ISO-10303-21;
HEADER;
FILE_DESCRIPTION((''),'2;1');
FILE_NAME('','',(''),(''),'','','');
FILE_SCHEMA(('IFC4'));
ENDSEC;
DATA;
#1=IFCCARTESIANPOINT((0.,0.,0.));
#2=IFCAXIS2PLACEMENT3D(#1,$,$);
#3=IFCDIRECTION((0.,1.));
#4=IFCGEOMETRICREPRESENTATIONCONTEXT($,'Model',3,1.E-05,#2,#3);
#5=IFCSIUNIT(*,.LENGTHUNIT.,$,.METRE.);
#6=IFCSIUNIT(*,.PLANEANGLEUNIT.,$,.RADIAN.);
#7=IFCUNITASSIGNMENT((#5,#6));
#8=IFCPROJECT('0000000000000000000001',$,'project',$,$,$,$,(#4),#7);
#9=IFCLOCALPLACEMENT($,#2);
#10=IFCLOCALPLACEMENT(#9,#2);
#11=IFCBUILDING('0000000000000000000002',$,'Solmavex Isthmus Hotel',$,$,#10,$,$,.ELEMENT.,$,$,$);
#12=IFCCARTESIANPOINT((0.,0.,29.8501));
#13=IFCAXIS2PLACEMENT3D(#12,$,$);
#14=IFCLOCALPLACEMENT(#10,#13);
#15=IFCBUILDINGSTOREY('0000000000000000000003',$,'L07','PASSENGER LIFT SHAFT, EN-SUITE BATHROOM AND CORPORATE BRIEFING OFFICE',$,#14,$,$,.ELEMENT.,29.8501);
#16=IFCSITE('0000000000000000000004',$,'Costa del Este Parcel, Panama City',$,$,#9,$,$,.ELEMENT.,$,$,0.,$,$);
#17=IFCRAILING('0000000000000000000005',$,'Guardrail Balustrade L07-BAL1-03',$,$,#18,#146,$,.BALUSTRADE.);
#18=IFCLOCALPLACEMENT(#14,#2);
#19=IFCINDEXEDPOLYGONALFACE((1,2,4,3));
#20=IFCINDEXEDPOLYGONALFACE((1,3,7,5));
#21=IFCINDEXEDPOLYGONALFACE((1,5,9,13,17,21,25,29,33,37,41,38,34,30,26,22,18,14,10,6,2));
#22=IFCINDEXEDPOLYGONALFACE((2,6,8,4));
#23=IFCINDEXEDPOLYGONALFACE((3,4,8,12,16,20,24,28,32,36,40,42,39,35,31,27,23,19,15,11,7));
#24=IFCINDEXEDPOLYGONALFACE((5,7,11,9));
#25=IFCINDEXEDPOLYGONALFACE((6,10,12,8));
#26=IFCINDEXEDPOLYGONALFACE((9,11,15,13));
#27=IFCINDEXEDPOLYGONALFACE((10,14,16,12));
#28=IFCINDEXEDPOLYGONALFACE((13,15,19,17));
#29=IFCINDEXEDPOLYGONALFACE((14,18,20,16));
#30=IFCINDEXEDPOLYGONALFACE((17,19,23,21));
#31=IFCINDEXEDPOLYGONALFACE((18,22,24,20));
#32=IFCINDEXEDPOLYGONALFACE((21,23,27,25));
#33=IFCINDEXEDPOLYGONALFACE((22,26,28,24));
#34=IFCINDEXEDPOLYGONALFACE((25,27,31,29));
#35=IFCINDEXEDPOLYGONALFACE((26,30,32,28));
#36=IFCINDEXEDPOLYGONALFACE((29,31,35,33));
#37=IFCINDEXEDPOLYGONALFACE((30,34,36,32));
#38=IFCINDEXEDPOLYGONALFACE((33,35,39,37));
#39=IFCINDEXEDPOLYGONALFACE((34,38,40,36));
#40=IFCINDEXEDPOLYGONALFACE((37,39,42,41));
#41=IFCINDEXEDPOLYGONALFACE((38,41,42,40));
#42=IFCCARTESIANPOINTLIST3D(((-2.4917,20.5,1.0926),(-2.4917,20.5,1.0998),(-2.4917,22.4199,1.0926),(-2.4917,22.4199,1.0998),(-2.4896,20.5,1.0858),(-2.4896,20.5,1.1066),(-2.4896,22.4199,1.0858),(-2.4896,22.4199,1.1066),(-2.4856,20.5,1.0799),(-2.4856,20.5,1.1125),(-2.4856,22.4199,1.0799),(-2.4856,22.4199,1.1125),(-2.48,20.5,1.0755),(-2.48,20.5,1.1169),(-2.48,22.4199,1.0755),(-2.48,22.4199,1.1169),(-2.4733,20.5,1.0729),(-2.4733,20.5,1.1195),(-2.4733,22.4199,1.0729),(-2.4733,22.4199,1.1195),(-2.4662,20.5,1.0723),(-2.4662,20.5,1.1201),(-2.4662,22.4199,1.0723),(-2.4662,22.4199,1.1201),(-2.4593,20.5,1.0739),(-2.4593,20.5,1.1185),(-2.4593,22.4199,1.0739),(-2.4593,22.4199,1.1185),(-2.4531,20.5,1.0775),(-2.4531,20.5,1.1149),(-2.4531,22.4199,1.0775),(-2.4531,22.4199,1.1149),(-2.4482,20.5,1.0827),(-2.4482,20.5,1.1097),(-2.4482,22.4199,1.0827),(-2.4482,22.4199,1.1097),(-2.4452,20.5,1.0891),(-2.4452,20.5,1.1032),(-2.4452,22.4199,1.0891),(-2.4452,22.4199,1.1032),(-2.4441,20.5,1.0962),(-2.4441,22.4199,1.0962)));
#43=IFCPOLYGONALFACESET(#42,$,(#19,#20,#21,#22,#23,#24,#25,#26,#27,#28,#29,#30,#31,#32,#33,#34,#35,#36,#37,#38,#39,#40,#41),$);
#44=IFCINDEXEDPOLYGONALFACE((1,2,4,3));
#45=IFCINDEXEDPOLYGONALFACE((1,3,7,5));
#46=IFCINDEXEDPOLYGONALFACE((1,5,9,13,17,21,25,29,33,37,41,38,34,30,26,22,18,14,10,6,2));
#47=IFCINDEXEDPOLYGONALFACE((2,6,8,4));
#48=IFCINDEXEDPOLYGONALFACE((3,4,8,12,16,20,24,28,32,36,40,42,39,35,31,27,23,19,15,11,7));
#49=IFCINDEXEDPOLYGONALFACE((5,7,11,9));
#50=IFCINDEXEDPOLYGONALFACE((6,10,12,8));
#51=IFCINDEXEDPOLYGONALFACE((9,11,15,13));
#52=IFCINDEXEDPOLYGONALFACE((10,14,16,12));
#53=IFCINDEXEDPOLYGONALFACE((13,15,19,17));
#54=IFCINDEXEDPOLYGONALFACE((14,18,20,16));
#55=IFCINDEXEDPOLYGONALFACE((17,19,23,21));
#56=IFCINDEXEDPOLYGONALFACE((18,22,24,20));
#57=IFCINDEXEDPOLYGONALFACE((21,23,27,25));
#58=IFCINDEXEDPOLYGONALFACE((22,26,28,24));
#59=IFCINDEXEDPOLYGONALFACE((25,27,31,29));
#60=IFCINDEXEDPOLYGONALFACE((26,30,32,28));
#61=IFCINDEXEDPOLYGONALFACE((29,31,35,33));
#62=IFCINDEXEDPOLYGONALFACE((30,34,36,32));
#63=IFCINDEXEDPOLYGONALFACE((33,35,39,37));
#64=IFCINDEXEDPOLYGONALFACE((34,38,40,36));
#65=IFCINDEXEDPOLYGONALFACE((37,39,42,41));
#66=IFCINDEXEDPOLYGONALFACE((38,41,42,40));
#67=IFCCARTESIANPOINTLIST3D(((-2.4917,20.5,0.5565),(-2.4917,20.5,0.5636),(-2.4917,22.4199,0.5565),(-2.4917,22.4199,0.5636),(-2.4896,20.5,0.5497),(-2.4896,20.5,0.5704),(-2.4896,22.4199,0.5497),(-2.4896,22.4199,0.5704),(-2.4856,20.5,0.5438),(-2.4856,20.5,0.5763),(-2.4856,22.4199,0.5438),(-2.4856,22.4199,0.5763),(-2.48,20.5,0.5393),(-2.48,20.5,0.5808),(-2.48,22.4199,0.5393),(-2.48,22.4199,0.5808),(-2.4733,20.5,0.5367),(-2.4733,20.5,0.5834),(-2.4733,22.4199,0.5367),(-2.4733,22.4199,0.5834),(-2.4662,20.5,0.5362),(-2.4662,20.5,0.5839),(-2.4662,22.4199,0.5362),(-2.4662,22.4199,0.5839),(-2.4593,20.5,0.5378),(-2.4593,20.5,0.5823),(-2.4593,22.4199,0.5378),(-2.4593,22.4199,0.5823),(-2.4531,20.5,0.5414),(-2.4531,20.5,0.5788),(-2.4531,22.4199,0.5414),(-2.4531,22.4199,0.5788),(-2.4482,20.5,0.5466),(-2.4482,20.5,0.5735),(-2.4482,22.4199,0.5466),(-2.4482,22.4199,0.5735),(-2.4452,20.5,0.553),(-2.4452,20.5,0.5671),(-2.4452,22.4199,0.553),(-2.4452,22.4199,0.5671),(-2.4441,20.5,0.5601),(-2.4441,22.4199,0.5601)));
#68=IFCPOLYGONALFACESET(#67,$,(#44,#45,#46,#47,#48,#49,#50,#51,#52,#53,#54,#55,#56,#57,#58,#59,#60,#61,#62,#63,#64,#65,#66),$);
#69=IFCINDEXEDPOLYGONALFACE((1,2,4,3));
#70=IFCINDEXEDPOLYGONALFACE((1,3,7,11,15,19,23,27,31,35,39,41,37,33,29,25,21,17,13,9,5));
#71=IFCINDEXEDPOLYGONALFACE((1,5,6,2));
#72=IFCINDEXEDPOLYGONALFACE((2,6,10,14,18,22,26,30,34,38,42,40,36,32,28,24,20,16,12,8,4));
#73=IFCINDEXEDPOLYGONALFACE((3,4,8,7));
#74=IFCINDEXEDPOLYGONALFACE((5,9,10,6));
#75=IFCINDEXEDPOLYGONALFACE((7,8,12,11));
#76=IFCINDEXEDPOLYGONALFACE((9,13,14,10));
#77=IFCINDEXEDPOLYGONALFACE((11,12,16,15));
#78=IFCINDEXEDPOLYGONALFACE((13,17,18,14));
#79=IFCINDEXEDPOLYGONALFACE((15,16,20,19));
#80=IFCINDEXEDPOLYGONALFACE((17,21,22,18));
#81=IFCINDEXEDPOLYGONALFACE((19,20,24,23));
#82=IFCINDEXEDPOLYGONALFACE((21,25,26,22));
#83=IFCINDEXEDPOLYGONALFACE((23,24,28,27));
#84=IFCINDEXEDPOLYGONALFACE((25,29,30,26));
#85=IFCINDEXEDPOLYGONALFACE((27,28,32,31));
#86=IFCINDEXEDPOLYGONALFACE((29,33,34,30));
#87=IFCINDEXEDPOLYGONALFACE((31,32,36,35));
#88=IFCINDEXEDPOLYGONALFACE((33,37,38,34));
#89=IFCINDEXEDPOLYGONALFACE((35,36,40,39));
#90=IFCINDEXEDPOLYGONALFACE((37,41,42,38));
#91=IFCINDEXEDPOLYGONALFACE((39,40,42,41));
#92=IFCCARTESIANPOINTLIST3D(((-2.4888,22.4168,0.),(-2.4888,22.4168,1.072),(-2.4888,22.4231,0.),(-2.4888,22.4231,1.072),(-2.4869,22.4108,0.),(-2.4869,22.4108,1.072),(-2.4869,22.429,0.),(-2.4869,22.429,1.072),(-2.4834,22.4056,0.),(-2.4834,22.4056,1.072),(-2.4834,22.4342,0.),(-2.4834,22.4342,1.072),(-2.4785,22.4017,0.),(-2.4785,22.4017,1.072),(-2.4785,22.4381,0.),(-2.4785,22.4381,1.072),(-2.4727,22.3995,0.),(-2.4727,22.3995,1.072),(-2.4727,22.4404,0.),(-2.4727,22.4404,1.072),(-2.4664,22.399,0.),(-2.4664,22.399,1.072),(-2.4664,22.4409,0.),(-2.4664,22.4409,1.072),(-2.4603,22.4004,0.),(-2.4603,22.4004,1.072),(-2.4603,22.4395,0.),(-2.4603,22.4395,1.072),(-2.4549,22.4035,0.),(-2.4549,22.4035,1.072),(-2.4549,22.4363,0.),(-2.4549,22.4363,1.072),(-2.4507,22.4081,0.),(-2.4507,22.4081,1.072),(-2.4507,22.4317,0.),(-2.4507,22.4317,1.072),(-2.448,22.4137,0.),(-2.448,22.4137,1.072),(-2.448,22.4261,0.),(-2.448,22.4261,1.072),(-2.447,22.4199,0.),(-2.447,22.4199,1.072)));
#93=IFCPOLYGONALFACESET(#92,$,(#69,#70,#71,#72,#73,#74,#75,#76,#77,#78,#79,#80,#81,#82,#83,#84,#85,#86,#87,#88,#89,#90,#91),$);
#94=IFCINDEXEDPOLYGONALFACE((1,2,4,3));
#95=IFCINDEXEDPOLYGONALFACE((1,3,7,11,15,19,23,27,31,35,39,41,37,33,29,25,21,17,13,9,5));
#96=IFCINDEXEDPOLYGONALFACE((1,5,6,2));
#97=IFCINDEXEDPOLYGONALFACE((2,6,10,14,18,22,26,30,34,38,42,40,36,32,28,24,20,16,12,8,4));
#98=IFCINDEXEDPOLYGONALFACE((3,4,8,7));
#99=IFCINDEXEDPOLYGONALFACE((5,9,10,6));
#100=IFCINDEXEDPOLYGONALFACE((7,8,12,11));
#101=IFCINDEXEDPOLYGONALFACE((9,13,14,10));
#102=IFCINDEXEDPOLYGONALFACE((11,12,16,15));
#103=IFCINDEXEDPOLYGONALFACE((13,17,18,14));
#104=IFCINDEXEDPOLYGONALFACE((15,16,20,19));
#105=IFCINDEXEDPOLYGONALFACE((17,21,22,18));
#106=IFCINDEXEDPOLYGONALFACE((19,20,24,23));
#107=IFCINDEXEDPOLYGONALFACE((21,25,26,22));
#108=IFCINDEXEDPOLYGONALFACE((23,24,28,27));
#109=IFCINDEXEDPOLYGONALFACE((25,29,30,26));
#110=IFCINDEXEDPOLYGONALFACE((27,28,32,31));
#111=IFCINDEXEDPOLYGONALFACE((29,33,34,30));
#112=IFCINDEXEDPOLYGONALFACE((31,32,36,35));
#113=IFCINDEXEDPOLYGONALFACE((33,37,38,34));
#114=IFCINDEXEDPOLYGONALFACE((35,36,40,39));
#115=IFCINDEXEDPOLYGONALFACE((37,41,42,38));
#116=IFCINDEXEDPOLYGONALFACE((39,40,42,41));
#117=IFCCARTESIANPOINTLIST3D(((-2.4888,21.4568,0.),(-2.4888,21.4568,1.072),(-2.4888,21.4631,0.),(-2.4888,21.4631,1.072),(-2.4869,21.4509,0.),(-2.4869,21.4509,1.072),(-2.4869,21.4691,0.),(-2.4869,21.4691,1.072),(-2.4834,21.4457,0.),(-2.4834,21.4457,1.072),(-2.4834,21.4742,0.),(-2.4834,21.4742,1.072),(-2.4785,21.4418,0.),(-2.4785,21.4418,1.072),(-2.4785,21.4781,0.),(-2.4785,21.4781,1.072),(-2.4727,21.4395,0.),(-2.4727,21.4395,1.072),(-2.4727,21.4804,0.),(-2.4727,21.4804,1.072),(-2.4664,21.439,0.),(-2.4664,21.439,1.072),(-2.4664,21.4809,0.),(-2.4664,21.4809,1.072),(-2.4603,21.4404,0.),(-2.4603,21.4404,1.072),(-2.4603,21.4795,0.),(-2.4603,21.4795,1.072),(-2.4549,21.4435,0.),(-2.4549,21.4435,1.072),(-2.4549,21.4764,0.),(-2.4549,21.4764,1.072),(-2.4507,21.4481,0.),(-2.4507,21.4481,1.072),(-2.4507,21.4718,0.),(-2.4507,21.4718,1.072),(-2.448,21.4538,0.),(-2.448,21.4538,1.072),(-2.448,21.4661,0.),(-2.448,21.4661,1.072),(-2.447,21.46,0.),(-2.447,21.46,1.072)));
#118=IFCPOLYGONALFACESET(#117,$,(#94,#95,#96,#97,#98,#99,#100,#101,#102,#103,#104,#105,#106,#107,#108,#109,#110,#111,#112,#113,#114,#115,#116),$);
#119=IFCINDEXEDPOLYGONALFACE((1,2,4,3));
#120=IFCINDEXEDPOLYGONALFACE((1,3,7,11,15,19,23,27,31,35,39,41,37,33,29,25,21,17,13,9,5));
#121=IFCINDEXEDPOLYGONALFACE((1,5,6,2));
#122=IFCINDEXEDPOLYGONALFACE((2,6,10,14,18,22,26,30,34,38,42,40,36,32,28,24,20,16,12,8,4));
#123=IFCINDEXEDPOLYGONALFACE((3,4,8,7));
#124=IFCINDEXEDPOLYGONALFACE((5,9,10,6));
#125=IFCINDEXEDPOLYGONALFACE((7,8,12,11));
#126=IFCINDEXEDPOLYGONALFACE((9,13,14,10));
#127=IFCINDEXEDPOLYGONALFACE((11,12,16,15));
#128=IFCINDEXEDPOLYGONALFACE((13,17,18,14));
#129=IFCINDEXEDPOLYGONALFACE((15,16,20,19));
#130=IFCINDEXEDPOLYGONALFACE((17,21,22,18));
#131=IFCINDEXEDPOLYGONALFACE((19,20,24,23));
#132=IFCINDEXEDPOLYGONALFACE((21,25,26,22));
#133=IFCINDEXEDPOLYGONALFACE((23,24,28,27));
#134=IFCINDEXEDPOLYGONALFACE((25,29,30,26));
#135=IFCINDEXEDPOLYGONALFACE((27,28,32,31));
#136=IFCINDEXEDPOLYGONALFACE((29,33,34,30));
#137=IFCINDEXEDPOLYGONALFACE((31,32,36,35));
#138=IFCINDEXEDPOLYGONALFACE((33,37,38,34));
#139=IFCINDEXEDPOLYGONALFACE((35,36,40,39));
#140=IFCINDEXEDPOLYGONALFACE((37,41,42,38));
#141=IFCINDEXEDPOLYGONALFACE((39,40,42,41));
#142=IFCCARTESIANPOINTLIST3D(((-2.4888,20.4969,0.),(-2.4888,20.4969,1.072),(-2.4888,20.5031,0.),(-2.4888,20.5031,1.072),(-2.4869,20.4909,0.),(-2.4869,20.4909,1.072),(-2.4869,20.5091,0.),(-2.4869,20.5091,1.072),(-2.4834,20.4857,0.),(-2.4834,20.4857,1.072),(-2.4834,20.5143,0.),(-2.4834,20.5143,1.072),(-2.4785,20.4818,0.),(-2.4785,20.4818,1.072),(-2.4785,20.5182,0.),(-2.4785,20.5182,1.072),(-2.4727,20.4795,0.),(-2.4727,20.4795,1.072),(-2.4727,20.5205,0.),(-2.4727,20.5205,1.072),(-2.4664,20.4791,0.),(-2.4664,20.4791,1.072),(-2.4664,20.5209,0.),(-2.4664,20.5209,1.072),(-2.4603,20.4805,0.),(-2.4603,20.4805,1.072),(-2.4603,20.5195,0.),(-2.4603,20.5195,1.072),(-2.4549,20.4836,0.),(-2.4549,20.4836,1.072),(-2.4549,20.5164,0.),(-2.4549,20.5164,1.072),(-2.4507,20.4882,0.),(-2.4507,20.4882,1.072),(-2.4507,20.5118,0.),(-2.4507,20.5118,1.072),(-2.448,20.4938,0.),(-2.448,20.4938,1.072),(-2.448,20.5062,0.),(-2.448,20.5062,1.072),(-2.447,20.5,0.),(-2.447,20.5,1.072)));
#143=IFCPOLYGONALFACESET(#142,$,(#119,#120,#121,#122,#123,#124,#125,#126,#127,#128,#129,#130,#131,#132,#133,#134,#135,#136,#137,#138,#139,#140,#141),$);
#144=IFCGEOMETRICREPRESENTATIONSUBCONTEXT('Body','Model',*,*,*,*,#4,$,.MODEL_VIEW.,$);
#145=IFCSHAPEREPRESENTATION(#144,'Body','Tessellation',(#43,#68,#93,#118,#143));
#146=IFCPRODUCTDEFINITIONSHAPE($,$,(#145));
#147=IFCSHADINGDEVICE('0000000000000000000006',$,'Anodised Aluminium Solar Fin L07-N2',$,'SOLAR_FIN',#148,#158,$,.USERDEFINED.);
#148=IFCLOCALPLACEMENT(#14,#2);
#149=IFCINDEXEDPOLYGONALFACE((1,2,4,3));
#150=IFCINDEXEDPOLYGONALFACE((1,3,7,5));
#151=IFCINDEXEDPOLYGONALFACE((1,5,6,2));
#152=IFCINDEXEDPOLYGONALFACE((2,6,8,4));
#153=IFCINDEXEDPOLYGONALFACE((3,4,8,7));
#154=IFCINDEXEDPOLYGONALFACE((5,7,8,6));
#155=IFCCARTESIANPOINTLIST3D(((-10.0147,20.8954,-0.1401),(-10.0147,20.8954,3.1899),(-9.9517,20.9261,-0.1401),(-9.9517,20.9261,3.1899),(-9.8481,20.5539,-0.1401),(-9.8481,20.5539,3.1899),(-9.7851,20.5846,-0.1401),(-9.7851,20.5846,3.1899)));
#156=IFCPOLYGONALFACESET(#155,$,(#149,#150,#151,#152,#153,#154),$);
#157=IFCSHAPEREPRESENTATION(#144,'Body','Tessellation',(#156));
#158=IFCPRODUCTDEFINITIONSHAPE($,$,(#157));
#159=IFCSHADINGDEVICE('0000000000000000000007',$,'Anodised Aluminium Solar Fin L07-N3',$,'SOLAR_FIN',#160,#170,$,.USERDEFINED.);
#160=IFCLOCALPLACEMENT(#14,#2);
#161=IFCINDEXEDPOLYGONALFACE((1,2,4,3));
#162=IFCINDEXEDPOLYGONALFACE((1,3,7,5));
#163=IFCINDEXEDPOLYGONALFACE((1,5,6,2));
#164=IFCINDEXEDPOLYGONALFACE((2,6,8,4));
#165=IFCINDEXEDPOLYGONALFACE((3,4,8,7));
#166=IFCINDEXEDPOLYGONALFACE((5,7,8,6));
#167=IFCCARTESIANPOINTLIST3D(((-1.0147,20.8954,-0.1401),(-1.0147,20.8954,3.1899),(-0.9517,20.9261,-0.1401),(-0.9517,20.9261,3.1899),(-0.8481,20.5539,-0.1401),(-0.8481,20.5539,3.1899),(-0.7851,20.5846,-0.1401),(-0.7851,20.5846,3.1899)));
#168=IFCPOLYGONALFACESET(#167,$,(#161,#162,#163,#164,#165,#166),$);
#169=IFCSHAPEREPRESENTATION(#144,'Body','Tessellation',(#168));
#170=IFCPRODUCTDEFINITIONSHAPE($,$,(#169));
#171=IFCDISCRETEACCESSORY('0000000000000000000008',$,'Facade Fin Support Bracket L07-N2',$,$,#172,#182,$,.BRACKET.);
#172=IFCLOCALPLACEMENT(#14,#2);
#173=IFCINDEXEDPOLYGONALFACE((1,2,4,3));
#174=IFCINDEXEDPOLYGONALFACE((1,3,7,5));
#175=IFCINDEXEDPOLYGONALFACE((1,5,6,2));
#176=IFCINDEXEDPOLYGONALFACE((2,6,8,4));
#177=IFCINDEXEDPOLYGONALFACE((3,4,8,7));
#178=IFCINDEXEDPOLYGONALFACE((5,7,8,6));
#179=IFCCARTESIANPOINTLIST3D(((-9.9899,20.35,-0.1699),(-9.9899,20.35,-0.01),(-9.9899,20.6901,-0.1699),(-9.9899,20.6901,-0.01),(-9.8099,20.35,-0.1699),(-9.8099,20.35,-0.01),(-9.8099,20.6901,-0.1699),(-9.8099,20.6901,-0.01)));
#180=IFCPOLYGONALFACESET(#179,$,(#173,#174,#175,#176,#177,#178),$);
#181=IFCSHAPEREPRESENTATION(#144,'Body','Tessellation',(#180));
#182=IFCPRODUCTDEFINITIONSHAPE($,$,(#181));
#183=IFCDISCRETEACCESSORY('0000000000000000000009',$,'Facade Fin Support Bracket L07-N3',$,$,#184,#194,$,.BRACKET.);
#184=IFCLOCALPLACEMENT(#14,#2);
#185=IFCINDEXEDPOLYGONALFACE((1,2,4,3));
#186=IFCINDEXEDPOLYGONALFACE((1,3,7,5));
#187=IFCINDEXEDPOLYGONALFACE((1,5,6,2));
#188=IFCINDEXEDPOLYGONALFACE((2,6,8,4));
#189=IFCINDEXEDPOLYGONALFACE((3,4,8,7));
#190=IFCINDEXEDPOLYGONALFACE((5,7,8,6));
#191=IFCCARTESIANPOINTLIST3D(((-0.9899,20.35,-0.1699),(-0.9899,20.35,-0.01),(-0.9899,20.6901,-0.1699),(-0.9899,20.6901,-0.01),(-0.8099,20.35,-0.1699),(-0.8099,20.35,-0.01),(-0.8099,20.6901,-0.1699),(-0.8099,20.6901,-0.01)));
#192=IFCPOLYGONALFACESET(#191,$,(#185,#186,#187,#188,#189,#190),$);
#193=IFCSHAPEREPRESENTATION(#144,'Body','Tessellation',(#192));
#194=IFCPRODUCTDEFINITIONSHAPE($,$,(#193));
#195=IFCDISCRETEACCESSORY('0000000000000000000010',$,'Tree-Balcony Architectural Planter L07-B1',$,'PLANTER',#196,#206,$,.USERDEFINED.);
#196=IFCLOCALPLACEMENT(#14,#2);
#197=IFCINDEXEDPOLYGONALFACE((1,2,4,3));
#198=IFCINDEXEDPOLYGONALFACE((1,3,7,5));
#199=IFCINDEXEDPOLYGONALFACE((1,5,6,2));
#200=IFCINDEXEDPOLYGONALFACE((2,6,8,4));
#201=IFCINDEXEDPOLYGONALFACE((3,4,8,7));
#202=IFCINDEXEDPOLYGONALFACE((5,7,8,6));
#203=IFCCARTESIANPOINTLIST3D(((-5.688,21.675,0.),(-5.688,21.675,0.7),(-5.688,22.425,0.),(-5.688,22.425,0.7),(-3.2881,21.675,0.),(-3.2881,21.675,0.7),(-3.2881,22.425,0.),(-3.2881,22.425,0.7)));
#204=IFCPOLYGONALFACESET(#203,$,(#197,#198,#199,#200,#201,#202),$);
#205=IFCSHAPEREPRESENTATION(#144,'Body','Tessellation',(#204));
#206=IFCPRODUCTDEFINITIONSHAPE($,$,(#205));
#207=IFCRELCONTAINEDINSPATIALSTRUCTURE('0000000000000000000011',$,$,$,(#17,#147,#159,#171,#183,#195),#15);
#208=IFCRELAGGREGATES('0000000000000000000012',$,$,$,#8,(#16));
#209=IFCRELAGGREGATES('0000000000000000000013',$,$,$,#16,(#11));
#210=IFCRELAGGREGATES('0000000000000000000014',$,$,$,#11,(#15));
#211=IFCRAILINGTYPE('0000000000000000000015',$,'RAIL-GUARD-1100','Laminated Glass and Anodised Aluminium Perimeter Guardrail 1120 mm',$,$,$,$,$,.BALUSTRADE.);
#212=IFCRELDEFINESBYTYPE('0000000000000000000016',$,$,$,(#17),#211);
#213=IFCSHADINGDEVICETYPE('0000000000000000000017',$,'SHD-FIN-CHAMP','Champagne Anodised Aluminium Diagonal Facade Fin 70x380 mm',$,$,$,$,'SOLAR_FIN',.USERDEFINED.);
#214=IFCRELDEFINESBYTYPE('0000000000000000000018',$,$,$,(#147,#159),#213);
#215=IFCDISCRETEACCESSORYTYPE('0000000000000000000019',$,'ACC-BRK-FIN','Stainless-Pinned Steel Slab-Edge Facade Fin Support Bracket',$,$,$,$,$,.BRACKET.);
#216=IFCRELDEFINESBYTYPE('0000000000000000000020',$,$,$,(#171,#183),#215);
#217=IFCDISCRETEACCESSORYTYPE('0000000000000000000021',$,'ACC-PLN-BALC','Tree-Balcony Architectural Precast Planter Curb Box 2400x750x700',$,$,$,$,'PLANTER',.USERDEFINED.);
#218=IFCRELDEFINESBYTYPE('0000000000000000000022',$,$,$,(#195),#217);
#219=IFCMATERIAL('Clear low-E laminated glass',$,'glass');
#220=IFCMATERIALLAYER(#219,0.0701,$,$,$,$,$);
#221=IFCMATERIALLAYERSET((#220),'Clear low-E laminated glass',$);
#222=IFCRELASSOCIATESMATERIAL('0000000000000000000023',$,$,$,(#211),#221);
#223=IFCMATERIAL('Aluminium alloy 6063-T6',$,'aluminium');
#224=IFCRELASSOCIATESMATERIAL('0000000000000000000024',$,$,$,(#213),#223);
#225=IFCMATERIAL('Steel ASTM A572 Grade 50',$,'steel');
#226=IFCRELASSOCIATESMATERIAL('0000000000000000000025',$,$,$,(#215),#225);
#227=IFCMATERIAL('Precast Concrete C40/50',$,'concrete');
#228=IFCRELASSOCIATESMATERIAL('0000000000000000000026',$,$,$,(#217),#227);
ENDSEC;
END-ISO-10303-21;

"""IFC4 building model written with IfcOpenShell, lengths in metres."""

from ifc_helpers import new_model, si_unit, direction, frame, origin, origin_2d, place, context, subcontext, project, spatial, rectangle, circle, extrude, material, layer, layer_set, type_object, element, save


model = new_model("IFC4")

# Units and contexts
model_context = context("Model", 3, precision=1e-05, world=origin(), true_north=direction((0.0, 1.0)))
body_context = subcontext(model_context, "Body", "Model", "MODEL_VIEW")
ifc_project = project(units=[si_unit("LENGTHUNIT", "METRE"), si_unit("PLANEANGLEUNIT", "RADIAN")], contexts=[model_context])

# Site, building, storey
site_placement = place(None, origin())
site = spatial("IfcSite", under=ifc_project, at=site_placement, Name="Costa del Este Parcel, Panama City", CompositionType="ELEMENT", RefElevation=0.0)
building_placement = place(site_placement, origin())
building = spatial("IfcBuilding", under=site, at=building_placement, Name="Solmavex Isthmus Hotel", CompositionType="ELEMENT")
storey_placement = place(building_placement, frame((0.0, 0.0, 29.8501)))
storey = spatial("IfcBuildingStorey", under=building, at=storey_placement, Name="L07", Description="PASSENGER LIFT SHAFT, EN-SUITE BATHROOM AND CORPORATE BRIEFING OFFICE", CompositionType="ELEMENT", Elevation=29.8501)

# Shared definitions
ifc_material_1 = material(Name="Aluminium alloy 6063-T6", Category="aluminium")

# Shared definitions
ifc_material_2 = material(Name="Clear low-E laminated glass", Category="glass")

# Shared definitions
ifc_material_3 = material(Name="Precast Concrete C40/50", Category="concrete")

# Railing
ifc_layer_1 = layer(ifc_material_2, 0.0701)
ifc_layer_set_1 = layer_set([ifc_layer_1], Name="Clear low-E laminated glass")
railing_type = type_object("IfcRailingType", Name="RAIL-GUARD-1100", Description="Laminated Glass and Anodised Aluminium Perimeter Guardrail 1120 mm", PredefinedType="BALUSTRADE", material=ifc_layer_set_1)
railing_1_placement = place(storey_placement, frame((-2.468, 22.4199, 0.0)))
element("IfcRailing", 1, at=railing_1_placement, inside=storey, type_object=railing_type, Name="Guardrail Balustrade L07-BAL1-03", PredefinedType="BALUSTRADE", context=body_context, shape_type="SweptSolid", body=[
    extrude(circle(Radius=0.0239, at=origin_2d()), frame((0.0, 0.0, 1.0962), z_axis=(0.0, -1.0, 0.0), x_axis=(1.0, 0.0, 0.0)), (0.0, 0.0, 1.0), 1.9199),
    extrude(circle(Radius=0.0239, at=origin_2d()), frame((0.0, 0.0, 0.5601), z_axis=(0.0, -1.0, 0.0), x_axis=(1.0, 0.0, 0.0)), (0.0, 0.0, 1.0), 1.9199),
    extrude(circle(Radius=0.021, at=origin_2d()), origin(), (0.0, 0.0, 1.0), 1.072),
    extrude(circle(Radius=0.021, at=origin_2d()), frame((0.0, -0.96, 0.0)), (0.0, 0.0, 1.0), 1.072),
    extrude(circle(Radius=0.021, at=origin_2d()), frame((0.0, -1.9199, 0.0)), (0.0, 0.0, 1.0), 1.072),
])

# Shading devices
shading_device_type = type_object("IfcShadingDeviceType", Name="SHD-FIN-CHAMP", Description="Champagne Anodised Aluminium Diagonal Facade Fin 70x380 mm", ElementType="SOLAR_FIN", PredefinedType="USERDEFINED", material=ifc_material_1)
for number, where, z_axis, x_axis, name in (
    (2, (-9.8999, 20.74, -0.1401), (0.0, 0.0, 1.0), (-0.438371, 0.898794, 0.0), "Anodised Aluminium Solar Fin L07-N2"),
    (3, (-0.8999, 20.74, -0.1401), (0.0, 0.0, 1.0), (-0.438371, 0.898794, 0.0), "Anodised Aluminium Solar Fin L07-N3"),
):
    element("IfcShadingDevice", number, at=place(storey_placement, frame(where, z_axis=z_axis, x_axis=x_axis)), inside=storey, type_object=shading_device_type, Name=name, ObjectType="SOLAR_FIN", PredefinedType="USERDEFINED", context=body_context, shape_type="SweptSolid", body=[
        extrude(rectangle(XDim=0.3799, YDim=0.0701, at=origin_2d()), origin(), (0.0, 0.0, 1.0), 3.3301),
    ])

# Discrete accessories
ifc_material_4 = material(Name="Steel ASTM A572 Grade 50", Category="steel")
discrete_accessory_type_1 = type_object("IfcDiscreteAccessoryType", Name="ACC-BRK-FIN", Description="Stainless-Pinned Steel Slab-Edge Facade Fin Support Bracket", PredefinedType="BRACKET", material=ifc_material_4)
for number, where, z_axis, x_axis, name in (
    (4, (-9.8999, 20.52, -0.1699), (0.0, 0.0, 1.0), (0.0, 1.0, 0.0), "Facade Fin Support Bracket L07-N2"),
    (5, (-0.8999, 20.52, -0.1699), (0.0, 0.0, 1.0), (0.0, 1.0, 0.0), "Facade Fin Support Bracket L07-N3"),
):
    element("IfcDiscreteAccessory", number, at=place(storey_placement, frame(where, z_axis=z_axis, x_axis=x_axis)), inside=storey, type_object=discrete_accessory_type_1, Name=name, PredefinedType="BRACKET", context=body_context, shape_type="SweptSolid", body=[
        extrude(rectangle(XDim=0.3401, YDim=0.1799, at=origin_2d()), origin(), (0.0, 0.0, 1.0), 0.1599),
    ])
discrete_accessory_type_2 = type_object("IfcDiscreteAccessoryType", Name="ACC-PLN-BALC", Description="Tree-Balcony Architectural Precast Planter Curb Box 2400x750x700", ElementType="PLANTER", PredefinedType="USERDEFINED", material=ifc_material_3)
discrete_accessory_placement = place(storey_placement, frame((-4.488, 22.05, 0.0), z_axis=(0.0, 0.0, 1.0), x_axis=(1.0, 0.0, 0.0)))
element("IfcDiscreteAccessory", 6, at=discrete_accessory_placement, inside=storey, type_object=discrete_accessory_type_2, Name="Tree-Balcony Architectural Planter L07-B1", ObjectType="PLANTER", PredefinedType="USERDEFINED", context=body_context, shape_type="SweptSolid", body=[
    extrude(rectangle(XDim=2.3999, YDim=0.75, at=origin_2d()), origin(), (0.0, 0.0, 1.0), 0.7),
])

save(model, "model.ifc")
